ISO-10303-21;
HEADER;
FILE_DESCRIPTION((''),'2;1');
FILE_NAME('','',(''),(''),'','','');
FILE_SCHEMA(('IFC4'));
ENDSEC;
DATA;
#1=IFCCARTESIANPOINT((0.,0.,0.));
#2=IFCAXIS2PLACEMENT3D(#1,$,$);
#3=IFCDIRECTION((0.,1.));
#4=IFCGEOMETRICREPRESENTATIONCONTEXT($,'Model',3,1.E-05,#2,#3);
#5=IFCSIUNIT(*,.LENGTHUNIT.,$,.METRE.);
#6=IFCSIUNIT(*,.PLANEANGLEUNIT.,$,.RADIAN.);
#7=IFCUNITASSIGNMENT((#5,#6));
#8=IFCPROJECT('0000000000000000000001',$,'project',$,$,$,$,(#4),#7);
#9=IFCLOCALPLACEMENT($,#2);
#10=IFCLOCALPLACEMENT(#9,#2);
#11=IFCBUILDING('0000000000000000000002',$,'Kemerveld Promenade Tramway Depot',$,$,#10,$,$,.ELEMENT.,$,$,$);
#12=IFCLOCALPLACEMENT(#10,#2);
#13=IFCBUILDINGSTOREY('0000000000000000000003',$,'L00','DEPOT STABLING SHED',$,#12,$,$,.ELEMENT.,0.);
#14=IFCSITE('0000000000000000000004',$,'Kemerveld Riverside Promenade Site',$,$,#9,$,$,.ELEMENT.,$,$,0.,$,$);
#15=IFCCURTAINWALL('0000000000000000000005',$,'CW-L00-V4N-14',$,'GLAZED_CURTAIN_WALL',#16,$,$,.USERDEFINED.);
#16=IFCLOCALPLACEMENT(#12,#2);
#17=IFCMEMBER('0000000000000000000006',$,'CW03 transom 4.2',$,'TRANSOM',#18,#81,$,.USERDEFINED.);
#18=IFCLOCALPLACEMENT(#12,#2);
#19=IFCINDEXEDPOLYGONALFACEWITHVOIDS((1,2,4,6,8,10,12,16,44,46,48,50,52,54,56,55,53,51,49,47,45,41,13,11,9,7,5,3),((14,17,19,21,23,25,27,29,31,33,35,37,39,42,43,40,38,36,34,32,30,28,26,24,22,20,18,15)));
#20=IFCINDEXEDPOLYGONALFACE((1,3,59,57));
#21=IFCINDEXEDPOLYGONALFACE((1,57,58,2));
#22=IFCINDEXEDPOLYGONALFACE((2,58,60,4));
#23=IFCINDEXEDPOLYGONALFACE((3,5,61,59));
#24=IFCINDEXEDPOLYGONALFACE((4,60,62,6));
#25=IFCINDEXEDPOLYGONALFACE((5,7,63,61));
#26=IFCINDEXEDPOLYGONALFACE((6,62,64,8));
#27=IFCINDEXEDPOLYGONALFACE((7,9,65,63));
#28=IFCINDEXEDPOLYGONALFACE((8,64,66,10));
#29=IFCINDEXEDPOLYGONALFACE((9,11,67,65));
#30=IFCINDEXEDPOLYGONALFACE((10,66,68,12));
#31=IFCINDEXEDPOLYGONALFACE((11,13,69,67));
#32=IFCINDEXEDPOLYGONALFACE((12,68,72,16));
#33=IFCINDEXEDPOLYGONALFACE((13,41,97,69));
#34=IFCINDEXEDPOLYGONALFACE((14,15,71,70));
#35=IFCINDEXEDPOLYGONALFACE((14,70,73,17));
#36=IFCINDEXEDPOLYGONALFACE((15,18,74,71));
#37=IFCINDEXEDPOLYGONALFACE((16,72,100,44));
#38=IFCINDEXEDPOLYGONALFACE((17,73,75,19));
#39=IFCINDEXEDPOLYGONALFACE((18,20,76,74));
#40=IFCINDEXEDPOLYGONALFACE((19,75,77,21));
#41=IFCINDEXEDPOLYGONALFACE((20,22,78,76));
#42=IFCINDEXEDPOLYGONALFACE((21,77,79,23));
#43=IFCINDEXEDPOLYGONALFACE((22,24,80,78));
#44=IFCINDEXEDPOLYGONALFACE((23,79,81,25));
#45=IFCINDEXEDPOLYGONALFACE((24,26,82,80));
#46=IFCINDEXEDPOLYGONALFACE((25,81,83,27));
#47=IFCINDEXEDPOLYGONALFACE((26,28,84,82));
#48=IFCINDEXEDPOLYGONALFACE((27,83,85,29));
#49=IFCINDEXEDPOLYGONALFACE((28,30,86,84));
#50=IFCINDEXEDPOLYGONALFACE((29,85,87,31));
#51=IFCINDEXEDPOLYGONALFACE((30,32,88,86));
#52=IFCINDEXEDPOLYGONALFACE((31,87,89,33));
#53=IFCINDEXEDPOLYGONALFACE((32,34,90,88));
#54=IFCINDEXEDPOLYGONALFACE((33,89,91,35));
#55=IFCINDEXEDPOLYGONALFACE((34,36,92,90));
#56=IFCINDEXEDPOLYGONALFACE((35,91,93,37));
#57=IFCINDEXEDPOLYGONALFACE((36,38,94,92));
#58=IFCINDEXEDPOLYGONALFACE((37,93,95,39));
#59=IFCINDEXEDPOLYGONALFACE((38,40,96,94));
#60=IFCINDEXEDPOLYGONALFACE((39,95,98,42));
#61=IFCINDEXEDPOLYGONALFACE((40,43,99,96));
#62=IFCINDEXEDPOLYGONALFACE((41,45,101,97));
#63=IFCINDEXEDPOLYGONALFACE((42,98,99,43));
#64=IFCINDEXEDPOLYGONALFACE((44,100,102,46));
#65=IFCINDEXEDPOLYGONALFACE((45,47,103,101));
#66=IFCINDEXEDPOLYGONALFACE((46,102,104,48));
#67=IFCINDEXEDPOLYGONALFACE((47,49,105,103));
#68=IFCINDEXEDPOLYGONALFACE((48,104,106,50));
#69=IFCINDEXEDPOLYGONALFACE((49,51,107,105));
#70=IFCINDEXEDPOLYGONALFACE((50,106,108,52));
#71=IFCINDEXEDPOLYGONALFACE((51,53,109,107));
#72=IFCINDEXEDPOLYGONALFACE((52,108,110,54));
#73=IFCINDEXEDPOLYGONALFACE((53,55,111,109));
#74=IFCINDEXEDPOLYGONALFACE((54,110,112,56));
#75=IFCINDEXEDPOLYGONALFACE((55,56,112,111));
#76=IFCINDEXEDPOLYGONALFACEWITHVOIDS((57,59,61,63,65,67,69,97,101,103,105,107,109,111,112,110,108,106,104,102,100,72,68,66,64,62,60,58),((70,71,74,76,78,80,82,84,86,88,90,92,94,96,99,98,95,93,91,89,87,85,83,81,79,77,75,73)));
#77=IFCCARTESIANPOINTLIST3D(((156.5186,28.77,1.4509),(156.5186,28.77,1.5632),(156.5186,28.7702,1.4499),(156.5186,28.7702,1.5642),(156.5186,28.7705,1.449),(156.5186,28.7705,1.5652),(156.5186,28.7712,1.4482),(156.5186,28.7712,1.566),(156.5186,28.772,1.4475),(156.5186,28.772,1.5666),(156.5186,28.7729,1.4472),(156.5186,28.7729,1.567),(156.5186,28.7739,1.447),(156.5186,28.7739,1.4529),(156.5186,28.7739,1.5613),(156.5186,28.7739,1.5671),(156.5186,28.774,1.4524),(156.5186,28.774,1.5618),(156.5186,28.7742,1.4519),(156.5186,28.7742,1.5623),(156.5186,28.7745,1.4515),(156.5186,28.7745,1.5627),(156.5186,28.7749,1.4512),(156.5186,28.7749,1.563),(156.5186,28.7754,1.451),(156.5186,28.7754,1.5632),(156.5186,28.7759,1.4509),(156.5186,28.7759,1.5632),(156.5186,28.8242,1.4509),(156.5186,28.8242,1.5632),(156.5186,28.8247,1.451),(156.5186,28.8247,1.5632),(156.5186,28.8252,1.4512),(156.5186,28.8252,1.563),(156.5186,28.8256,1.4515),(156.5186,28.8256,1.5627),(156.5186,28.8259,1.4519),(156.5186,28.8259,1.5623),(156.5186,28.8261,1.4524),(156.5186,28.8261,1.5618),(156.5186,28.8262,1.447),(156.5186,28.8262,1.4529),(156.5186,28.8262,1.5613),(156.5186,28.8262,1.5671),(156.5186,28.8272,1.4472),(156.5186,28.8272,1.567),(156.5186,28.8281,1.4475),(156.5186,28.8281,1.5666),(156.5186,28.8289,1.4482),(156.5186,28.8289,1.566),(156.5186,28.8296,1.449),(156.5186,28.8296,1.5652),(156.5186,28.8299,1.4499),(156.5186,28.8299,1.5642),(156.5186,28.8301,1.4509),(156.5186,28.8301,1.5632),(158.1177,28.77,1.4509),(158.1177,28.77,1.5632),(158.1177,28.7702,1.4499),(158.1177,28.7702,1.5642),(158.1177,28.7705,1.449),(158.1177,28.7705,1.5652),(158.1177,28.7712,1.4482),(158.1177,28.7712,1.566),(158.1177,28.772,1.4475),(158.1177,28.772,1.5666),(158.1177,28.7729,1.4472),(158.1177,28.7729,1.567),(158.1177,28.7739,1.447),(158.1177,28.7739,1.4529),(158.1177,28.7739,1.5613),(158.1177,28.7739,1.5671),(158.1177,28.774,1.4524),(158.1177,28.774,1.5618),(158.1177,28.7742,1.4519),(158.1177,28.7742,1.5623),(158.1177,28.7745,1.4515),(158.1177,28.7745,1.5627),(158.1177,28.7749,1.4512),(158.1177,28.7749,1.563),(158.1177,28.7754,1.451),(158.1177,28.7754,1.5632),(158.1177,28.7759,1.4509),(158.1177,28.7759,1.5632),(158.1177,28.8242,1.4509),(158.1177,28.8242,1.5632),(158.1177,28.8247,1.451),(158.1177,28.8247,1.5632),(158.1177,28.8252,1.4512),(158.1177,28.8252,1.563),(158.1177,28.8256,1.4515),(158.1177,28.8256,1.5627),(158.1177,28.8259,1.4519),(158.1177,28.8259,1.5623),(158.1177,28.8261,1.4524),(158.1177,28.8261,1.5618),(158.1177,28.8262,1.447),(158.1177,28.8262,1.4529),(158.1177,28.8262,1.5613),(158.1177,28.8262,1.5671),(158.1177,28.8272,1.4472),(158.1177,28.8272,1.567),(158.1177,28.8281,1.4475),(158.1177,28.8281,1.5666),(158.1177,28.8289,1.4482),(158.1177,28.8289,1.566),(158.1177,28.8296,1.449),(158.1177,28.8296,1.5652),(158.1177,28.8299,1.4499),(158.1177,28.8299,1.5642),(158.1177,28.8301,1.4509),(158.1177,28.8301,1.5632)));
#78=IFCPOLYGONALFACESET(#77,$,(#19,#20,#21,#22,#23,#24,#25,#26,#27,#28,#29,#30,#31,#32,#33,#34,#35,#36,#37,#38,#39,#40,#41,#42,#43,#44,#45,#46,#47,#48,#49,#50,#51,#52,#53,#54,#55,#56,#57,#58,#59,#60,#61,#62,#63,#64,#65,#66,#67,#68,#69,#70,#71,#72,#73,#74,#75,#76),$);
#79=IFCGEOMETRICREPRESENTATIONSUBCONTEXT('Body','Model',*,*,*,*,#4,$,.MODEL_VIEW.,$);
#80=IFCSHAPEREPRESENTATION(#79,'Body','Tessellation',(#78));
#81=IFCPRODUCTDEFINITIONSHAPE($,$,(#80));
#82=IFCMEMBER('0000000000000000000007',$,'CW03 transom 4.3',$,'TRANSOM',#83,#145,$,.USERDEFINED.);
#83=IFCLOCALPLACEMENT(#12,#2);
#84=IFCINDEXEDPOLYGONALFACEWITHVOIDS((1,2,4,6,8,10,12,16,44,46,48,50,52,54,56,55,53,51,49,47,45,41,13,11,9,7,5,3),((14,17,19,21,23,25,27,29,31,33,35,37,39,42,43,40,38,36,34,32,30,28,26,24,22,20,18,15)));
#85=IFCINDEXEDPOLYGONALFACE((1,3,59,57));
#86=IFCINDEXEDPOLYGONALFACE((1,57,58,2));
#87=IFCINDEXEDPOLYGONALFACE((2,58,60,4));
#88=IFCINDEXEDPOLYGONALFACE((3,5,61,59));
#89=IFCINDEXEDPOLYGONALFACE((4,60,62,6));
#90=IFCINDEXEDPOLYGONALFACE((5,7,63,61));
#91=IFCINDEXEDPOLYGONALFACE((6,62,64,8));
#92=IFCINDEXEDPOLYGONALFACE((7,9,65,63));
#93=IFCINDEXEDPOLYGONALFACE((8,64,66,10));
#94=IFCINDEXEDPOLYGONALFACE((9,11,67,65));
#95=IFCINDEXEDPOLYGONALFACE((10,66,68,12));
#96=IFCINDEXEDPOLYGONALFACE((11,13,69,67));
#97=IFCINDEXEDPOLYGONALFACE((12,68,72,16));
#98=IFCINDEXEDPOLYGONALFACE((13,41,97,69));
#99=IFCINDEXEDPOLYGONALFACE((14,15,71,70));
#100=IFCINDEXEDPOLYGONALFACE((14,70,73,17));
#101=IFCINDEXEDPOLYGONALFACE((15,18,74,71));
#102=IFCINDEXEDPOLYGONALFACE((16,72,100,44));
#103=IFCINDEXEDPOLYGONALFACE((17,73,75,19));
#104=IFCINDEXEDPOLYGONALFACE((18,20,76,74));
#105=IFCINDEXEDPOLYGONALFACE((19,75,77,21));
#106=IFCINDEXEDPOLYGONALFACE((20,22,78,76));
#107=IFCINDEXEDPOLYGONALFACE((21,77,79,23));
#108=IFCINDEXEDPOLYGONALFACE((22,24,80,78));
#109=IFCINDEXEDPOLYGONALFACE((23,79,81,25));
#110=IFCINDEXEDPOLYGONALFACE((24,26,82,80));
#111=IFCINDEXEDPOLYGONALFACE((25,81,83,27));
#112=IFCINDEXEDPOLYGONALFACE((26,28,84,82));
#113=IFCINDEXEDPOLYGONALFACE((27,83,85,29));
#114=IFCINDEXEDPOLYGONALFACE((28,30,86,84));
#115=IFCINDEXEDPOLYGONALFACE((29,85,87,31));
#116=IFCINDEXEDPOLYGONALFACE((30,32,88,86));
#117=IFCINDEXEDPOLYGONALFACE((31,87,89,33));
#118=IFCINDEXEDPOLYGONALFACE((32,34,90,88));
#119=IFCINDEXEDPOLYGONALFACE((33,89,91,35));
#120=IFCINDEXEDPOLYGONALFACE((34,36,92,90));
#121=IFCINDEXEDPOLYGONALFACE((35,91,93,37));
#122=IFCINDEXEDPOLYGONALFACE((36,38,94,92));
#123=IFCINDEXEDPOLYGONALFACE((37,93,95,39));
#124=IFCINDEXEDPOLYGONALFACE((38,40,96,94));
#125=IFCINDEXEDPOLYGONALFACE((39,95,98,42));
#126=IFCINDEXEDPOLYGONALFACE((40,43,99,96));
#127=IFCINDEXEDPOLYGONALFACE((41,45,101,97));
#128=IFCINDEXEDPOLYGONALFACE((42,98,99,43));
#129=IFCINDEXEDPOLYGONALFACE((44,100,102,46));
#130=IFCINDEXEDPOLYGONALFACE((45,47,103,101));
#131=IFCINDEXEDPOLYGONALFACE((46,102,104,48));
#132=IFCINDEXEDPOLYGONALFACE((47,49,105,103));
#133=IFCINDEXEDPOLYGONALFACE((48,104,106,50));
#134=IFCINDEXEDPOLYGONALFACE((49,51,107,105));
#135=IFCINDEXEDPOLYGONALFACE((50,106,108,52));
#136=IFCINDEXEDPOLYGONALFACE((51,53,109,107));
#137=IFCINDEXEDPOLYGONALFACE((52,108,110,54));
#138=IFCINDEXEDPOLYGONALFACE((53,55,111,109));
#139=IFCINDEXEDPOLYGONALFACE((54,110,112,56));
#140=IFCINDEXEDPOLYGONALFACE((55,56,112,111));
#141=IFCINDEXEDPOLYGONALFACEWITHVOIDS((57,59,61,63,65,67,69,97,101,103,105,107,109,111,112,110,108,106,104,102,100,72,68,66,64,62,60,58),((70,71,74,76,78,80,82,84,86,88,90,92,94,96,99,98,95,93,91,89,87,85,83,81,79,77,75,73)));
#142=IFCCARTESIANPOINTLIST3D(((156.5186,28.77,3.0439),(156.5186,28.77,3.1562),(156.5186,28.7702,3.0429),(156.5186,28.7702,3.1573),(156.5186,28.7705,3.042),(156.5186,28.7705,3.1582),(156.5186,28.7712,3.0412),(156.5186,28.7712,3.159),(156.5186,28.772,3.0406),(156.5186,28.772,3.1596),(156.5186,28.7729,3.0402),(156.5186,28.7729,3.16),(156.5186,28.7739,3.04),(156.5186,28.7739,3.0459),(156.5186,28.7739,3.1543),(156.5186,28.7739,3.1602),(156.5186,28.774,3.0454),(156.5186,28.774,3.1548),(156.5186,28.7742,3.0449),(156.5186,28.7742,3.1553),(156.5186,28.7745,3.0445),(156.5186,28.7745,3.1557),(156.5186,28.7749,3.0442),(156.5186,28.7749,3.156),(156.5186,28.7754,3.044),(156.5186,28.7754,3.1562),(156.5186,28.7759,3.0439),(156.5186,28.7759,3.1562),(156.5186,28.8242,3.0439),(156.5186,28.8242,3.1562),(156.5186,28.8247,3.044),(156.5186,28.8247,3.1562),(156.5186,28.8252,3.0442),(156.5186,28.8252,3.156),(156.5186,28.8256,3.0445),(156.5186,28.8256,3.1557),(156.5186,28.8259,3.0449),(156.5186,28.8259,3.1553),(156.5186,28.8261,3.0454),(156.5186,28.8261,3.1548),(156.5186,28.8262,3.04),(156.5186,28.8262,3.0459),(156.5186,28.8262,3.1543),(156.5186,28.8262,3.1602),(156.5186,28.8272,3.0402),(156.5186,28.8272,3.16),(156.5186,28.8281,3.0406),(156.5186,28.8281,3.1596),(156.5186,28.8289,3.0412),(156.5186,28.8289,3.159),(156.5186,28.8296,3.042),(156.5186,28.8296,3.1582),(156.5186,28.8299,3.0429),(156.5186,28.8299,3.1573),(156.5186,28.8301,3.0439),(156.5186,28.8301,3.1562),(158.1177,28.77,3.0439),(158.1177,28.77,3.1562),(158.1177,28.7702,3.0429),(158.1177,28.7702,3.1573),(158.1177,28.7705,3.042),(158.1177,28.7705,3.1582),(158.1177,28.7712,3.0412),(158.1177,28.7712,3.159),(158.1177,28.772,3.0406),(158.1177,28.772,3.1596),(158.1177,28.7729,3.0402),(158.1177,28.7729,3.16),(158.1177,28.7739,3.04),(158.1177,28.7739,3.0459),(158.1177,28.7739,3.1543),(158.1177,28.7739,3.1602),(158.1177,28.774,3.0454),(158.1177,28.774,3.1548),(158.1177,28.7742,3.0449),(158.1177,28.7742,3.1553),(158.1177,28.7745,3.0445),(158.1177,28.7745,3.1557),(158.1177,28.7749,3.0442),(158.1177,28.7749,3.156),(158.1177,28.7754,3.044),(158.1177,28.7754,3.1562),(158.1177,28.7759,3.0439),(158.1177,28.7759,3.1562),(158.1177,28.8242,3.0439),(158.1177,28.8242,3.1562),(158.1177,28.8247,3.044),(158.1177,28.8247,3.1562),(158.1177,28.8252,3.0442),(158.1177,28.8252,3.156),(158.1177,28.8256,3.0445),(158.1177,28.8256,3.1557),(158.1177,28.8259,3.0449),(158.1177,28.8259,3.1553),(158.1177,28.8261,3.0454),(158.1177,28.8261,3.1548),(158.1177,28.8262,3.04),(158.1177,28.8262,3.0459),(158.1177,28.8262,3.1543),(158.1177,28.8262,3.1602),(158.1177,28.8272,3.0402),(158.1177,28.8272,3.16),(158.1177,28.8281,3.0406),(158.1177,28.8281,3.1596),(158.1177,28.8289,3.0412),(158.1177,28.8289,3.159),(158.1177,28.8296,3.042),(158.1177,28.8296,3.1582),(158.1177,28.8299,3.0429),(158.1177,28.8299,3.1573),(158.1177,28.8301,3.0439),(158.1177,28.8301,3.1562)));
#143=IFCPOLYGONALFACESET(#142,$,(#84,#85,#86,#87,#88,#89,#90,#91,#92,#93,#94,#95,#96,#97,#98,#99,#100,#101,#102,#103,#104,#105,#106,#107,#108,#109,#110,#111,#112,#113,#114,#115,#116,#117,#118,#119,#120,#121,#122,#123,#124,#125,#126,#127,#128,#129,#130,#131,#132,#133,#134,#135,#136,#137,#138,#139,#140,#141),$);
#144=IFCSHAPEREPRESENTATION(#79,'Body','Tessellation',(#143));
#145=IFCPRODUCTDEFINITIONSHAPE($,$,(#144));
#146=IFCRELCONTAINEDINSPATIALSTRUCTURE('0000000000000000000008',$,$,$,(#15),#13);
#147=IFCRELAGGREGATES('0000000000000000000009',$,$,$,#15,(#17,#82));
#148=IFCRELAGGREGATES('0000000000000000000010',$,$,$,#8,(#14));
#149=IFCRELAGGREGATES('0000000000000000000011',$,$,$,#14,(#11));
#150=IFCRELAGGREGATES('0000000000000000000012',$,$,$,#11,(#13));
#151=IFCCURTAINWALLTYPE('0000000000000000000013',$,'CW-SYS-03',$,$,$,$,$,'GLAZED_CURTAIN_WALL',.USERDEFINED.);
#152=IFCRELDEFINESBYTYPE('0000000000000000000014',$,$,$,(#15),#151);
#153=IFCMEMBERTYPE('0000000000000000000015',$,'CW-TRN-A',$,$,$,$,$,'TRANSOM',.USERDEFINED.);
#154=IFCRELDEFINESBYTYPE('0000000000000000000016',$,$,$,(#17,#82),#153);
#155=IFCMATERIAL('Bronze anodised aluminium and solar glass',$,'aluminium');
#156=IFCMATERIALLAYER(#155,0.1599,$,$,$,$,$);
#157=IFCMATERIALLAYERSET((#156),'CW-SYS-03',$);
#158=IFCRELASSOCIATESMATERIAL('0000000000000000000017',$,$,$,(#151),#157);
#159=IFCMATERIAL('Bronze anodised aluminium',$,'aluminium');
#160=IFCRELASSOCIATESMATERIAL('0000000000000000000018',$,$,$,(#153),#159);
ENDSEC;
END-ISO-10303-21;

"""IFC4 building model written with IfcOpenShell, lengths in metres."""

from ifc_helpers import new_model, si_unit, direction, frame, origin, origin_2d, place, context, subcontext, project, spatial, hollow_rectangle, extrude, material, layer, layer_set, material_profile, profile_set, type_object, element, aggregate, save


model = new_model("IFC4")

# Units and contexts
model_context = context("Model", 3, precision=1e-05, world=origin(), true_north=direction((0.0, 1.0)))
body_context = subcontext(model_context, "Body", "Model", "MODEL_VIEW")
ifc_project = project(units=[si_unit("LENGTHUNIT", "METRE"), si_unit("PLANEANGLEUNIT", "RADIAN")], contexts=[model_context])

# Site, building, storey
site_placement = place(None, origin())
site = spatial("IfcSite", under=ifc_project, at=site_placement, Name="Kemerveld Riverside Promenade Site", CompositionType="ELEMENT", RefElevation=0.0)
building_placement = place(site_placement, origin())
building = spatial("IfcBuilding", under=site, at=building_placement, Name="Kemerveld Promenade Tramway Depot", CompositionType="ELEMENT")
storey_placement = place(building_placement, origin())
storey = spatial("IfcBuildingStorey", under=building, at=storey_placement, Name="L00", Description="DEPOT STABLING SHED", CompositionType="ELEMENT", Elevation=0.0)

# Curtain wall, members
ifc_material_1 = material(Name="Bronze anodised aluminium and solar glass", Category="aluminium")
ifc_layer_1 = layer(ifc_material_1, 0.1599)
ifc_layer_set_1 = layer_set([ifc_layer_1], Name="CW-SYS-03")
curtain_wall_type = type_object("IfcCurtainWallType", Name="CW-SYS-03", ElementType="GLAZED_CURTAIN_WALL", PredefinedType="USERDEFINED", material=ifc_layer_set_1)
curtain_wall_placement = place(storey_placement, origin())
curtain_wall = element("IfcCurtainWall", 1, at=curtain_wall_placement, inside=storey, type_object=curtain_wall_type, Name="CW-L00-V4N-14", ObjectType="GLAZED_CURTAIN_WALL", PredefinedType="USERDEFINED")
ifc_material_2 = material(Name="Bronze anodised aluminium", Category="aluminium")
ifc_material_profile_1 = material_profile(ifc_material_2, hollow_rectangle(XDim=0.0601, YDim=0.1201, WallThickness=0.0039, InnerFilletRadius=0.002, OuterFilletRadius=0.0039, at=origin_2d()), Name="CW-TRN-120x60")
ifc_profile_set_1 = profile_set([ifc_material_profile_1], Name="Bronze anodised aluminium")
member_type_1 = type_object("IfcMemberType", Name="CW-TRN-A", ElementType="TRANSOM", PredefinedType="USERDEFINED", material=ifc_profile_set_1)
member_1_placement = place(storey_placement, frame((156.5186, 28.8, 1.5071), z_axis=(1.0, 0.0, 0.0), x_axis=(0.0, 1.0, 0.0)))
member_1 = element("IfcMember", 2, at=member_1_placement, type_object=member_type_1, Name="CW03 transom 4.2", ObjectType="TRANSOM", PredefinedType="USERDEFINED", context=body_context, shape_type="SweptSolid", body=[
    extrude(hollow_rectangle(XDim=0.0601, YDim=0.1201, WallThickness=0.0039, InnerFilletRadius=0.002, OuterFilletRadius=0.0039, at=origin_2d()), origin(), (0.0, 0.0, 1.0), 1.5991),
])
member_2_placement = place(storey_placement, frame((156.5186, 28.8, 3.1001), z_axis=(1.0, 0.0, 0.0), x_axis=(0.0, 1.0, 0.0)))
member_2 = element("IfcMember", 3, at=member_2_placement, type_object=member_type_1, Name="CW03 transom 4.3", ObjectType="TRANSOM", PredefinedType="USERDEFINED", context=body_context, shape_type="SweptSolid", body=[
    extrude(hollow_rectangle(XDim=0.0601, YDim=0.1201, WallThickness=0.0039, InnerFilletRadius=0.002, OuterFilletRadius=0.0039, at=origin_2d()), origin(), (0.0, 0.0, 1.0), 1.5991),
])
aggregate(curtain_wall, [member_1, member_2])

save(model, "model.ifc")
